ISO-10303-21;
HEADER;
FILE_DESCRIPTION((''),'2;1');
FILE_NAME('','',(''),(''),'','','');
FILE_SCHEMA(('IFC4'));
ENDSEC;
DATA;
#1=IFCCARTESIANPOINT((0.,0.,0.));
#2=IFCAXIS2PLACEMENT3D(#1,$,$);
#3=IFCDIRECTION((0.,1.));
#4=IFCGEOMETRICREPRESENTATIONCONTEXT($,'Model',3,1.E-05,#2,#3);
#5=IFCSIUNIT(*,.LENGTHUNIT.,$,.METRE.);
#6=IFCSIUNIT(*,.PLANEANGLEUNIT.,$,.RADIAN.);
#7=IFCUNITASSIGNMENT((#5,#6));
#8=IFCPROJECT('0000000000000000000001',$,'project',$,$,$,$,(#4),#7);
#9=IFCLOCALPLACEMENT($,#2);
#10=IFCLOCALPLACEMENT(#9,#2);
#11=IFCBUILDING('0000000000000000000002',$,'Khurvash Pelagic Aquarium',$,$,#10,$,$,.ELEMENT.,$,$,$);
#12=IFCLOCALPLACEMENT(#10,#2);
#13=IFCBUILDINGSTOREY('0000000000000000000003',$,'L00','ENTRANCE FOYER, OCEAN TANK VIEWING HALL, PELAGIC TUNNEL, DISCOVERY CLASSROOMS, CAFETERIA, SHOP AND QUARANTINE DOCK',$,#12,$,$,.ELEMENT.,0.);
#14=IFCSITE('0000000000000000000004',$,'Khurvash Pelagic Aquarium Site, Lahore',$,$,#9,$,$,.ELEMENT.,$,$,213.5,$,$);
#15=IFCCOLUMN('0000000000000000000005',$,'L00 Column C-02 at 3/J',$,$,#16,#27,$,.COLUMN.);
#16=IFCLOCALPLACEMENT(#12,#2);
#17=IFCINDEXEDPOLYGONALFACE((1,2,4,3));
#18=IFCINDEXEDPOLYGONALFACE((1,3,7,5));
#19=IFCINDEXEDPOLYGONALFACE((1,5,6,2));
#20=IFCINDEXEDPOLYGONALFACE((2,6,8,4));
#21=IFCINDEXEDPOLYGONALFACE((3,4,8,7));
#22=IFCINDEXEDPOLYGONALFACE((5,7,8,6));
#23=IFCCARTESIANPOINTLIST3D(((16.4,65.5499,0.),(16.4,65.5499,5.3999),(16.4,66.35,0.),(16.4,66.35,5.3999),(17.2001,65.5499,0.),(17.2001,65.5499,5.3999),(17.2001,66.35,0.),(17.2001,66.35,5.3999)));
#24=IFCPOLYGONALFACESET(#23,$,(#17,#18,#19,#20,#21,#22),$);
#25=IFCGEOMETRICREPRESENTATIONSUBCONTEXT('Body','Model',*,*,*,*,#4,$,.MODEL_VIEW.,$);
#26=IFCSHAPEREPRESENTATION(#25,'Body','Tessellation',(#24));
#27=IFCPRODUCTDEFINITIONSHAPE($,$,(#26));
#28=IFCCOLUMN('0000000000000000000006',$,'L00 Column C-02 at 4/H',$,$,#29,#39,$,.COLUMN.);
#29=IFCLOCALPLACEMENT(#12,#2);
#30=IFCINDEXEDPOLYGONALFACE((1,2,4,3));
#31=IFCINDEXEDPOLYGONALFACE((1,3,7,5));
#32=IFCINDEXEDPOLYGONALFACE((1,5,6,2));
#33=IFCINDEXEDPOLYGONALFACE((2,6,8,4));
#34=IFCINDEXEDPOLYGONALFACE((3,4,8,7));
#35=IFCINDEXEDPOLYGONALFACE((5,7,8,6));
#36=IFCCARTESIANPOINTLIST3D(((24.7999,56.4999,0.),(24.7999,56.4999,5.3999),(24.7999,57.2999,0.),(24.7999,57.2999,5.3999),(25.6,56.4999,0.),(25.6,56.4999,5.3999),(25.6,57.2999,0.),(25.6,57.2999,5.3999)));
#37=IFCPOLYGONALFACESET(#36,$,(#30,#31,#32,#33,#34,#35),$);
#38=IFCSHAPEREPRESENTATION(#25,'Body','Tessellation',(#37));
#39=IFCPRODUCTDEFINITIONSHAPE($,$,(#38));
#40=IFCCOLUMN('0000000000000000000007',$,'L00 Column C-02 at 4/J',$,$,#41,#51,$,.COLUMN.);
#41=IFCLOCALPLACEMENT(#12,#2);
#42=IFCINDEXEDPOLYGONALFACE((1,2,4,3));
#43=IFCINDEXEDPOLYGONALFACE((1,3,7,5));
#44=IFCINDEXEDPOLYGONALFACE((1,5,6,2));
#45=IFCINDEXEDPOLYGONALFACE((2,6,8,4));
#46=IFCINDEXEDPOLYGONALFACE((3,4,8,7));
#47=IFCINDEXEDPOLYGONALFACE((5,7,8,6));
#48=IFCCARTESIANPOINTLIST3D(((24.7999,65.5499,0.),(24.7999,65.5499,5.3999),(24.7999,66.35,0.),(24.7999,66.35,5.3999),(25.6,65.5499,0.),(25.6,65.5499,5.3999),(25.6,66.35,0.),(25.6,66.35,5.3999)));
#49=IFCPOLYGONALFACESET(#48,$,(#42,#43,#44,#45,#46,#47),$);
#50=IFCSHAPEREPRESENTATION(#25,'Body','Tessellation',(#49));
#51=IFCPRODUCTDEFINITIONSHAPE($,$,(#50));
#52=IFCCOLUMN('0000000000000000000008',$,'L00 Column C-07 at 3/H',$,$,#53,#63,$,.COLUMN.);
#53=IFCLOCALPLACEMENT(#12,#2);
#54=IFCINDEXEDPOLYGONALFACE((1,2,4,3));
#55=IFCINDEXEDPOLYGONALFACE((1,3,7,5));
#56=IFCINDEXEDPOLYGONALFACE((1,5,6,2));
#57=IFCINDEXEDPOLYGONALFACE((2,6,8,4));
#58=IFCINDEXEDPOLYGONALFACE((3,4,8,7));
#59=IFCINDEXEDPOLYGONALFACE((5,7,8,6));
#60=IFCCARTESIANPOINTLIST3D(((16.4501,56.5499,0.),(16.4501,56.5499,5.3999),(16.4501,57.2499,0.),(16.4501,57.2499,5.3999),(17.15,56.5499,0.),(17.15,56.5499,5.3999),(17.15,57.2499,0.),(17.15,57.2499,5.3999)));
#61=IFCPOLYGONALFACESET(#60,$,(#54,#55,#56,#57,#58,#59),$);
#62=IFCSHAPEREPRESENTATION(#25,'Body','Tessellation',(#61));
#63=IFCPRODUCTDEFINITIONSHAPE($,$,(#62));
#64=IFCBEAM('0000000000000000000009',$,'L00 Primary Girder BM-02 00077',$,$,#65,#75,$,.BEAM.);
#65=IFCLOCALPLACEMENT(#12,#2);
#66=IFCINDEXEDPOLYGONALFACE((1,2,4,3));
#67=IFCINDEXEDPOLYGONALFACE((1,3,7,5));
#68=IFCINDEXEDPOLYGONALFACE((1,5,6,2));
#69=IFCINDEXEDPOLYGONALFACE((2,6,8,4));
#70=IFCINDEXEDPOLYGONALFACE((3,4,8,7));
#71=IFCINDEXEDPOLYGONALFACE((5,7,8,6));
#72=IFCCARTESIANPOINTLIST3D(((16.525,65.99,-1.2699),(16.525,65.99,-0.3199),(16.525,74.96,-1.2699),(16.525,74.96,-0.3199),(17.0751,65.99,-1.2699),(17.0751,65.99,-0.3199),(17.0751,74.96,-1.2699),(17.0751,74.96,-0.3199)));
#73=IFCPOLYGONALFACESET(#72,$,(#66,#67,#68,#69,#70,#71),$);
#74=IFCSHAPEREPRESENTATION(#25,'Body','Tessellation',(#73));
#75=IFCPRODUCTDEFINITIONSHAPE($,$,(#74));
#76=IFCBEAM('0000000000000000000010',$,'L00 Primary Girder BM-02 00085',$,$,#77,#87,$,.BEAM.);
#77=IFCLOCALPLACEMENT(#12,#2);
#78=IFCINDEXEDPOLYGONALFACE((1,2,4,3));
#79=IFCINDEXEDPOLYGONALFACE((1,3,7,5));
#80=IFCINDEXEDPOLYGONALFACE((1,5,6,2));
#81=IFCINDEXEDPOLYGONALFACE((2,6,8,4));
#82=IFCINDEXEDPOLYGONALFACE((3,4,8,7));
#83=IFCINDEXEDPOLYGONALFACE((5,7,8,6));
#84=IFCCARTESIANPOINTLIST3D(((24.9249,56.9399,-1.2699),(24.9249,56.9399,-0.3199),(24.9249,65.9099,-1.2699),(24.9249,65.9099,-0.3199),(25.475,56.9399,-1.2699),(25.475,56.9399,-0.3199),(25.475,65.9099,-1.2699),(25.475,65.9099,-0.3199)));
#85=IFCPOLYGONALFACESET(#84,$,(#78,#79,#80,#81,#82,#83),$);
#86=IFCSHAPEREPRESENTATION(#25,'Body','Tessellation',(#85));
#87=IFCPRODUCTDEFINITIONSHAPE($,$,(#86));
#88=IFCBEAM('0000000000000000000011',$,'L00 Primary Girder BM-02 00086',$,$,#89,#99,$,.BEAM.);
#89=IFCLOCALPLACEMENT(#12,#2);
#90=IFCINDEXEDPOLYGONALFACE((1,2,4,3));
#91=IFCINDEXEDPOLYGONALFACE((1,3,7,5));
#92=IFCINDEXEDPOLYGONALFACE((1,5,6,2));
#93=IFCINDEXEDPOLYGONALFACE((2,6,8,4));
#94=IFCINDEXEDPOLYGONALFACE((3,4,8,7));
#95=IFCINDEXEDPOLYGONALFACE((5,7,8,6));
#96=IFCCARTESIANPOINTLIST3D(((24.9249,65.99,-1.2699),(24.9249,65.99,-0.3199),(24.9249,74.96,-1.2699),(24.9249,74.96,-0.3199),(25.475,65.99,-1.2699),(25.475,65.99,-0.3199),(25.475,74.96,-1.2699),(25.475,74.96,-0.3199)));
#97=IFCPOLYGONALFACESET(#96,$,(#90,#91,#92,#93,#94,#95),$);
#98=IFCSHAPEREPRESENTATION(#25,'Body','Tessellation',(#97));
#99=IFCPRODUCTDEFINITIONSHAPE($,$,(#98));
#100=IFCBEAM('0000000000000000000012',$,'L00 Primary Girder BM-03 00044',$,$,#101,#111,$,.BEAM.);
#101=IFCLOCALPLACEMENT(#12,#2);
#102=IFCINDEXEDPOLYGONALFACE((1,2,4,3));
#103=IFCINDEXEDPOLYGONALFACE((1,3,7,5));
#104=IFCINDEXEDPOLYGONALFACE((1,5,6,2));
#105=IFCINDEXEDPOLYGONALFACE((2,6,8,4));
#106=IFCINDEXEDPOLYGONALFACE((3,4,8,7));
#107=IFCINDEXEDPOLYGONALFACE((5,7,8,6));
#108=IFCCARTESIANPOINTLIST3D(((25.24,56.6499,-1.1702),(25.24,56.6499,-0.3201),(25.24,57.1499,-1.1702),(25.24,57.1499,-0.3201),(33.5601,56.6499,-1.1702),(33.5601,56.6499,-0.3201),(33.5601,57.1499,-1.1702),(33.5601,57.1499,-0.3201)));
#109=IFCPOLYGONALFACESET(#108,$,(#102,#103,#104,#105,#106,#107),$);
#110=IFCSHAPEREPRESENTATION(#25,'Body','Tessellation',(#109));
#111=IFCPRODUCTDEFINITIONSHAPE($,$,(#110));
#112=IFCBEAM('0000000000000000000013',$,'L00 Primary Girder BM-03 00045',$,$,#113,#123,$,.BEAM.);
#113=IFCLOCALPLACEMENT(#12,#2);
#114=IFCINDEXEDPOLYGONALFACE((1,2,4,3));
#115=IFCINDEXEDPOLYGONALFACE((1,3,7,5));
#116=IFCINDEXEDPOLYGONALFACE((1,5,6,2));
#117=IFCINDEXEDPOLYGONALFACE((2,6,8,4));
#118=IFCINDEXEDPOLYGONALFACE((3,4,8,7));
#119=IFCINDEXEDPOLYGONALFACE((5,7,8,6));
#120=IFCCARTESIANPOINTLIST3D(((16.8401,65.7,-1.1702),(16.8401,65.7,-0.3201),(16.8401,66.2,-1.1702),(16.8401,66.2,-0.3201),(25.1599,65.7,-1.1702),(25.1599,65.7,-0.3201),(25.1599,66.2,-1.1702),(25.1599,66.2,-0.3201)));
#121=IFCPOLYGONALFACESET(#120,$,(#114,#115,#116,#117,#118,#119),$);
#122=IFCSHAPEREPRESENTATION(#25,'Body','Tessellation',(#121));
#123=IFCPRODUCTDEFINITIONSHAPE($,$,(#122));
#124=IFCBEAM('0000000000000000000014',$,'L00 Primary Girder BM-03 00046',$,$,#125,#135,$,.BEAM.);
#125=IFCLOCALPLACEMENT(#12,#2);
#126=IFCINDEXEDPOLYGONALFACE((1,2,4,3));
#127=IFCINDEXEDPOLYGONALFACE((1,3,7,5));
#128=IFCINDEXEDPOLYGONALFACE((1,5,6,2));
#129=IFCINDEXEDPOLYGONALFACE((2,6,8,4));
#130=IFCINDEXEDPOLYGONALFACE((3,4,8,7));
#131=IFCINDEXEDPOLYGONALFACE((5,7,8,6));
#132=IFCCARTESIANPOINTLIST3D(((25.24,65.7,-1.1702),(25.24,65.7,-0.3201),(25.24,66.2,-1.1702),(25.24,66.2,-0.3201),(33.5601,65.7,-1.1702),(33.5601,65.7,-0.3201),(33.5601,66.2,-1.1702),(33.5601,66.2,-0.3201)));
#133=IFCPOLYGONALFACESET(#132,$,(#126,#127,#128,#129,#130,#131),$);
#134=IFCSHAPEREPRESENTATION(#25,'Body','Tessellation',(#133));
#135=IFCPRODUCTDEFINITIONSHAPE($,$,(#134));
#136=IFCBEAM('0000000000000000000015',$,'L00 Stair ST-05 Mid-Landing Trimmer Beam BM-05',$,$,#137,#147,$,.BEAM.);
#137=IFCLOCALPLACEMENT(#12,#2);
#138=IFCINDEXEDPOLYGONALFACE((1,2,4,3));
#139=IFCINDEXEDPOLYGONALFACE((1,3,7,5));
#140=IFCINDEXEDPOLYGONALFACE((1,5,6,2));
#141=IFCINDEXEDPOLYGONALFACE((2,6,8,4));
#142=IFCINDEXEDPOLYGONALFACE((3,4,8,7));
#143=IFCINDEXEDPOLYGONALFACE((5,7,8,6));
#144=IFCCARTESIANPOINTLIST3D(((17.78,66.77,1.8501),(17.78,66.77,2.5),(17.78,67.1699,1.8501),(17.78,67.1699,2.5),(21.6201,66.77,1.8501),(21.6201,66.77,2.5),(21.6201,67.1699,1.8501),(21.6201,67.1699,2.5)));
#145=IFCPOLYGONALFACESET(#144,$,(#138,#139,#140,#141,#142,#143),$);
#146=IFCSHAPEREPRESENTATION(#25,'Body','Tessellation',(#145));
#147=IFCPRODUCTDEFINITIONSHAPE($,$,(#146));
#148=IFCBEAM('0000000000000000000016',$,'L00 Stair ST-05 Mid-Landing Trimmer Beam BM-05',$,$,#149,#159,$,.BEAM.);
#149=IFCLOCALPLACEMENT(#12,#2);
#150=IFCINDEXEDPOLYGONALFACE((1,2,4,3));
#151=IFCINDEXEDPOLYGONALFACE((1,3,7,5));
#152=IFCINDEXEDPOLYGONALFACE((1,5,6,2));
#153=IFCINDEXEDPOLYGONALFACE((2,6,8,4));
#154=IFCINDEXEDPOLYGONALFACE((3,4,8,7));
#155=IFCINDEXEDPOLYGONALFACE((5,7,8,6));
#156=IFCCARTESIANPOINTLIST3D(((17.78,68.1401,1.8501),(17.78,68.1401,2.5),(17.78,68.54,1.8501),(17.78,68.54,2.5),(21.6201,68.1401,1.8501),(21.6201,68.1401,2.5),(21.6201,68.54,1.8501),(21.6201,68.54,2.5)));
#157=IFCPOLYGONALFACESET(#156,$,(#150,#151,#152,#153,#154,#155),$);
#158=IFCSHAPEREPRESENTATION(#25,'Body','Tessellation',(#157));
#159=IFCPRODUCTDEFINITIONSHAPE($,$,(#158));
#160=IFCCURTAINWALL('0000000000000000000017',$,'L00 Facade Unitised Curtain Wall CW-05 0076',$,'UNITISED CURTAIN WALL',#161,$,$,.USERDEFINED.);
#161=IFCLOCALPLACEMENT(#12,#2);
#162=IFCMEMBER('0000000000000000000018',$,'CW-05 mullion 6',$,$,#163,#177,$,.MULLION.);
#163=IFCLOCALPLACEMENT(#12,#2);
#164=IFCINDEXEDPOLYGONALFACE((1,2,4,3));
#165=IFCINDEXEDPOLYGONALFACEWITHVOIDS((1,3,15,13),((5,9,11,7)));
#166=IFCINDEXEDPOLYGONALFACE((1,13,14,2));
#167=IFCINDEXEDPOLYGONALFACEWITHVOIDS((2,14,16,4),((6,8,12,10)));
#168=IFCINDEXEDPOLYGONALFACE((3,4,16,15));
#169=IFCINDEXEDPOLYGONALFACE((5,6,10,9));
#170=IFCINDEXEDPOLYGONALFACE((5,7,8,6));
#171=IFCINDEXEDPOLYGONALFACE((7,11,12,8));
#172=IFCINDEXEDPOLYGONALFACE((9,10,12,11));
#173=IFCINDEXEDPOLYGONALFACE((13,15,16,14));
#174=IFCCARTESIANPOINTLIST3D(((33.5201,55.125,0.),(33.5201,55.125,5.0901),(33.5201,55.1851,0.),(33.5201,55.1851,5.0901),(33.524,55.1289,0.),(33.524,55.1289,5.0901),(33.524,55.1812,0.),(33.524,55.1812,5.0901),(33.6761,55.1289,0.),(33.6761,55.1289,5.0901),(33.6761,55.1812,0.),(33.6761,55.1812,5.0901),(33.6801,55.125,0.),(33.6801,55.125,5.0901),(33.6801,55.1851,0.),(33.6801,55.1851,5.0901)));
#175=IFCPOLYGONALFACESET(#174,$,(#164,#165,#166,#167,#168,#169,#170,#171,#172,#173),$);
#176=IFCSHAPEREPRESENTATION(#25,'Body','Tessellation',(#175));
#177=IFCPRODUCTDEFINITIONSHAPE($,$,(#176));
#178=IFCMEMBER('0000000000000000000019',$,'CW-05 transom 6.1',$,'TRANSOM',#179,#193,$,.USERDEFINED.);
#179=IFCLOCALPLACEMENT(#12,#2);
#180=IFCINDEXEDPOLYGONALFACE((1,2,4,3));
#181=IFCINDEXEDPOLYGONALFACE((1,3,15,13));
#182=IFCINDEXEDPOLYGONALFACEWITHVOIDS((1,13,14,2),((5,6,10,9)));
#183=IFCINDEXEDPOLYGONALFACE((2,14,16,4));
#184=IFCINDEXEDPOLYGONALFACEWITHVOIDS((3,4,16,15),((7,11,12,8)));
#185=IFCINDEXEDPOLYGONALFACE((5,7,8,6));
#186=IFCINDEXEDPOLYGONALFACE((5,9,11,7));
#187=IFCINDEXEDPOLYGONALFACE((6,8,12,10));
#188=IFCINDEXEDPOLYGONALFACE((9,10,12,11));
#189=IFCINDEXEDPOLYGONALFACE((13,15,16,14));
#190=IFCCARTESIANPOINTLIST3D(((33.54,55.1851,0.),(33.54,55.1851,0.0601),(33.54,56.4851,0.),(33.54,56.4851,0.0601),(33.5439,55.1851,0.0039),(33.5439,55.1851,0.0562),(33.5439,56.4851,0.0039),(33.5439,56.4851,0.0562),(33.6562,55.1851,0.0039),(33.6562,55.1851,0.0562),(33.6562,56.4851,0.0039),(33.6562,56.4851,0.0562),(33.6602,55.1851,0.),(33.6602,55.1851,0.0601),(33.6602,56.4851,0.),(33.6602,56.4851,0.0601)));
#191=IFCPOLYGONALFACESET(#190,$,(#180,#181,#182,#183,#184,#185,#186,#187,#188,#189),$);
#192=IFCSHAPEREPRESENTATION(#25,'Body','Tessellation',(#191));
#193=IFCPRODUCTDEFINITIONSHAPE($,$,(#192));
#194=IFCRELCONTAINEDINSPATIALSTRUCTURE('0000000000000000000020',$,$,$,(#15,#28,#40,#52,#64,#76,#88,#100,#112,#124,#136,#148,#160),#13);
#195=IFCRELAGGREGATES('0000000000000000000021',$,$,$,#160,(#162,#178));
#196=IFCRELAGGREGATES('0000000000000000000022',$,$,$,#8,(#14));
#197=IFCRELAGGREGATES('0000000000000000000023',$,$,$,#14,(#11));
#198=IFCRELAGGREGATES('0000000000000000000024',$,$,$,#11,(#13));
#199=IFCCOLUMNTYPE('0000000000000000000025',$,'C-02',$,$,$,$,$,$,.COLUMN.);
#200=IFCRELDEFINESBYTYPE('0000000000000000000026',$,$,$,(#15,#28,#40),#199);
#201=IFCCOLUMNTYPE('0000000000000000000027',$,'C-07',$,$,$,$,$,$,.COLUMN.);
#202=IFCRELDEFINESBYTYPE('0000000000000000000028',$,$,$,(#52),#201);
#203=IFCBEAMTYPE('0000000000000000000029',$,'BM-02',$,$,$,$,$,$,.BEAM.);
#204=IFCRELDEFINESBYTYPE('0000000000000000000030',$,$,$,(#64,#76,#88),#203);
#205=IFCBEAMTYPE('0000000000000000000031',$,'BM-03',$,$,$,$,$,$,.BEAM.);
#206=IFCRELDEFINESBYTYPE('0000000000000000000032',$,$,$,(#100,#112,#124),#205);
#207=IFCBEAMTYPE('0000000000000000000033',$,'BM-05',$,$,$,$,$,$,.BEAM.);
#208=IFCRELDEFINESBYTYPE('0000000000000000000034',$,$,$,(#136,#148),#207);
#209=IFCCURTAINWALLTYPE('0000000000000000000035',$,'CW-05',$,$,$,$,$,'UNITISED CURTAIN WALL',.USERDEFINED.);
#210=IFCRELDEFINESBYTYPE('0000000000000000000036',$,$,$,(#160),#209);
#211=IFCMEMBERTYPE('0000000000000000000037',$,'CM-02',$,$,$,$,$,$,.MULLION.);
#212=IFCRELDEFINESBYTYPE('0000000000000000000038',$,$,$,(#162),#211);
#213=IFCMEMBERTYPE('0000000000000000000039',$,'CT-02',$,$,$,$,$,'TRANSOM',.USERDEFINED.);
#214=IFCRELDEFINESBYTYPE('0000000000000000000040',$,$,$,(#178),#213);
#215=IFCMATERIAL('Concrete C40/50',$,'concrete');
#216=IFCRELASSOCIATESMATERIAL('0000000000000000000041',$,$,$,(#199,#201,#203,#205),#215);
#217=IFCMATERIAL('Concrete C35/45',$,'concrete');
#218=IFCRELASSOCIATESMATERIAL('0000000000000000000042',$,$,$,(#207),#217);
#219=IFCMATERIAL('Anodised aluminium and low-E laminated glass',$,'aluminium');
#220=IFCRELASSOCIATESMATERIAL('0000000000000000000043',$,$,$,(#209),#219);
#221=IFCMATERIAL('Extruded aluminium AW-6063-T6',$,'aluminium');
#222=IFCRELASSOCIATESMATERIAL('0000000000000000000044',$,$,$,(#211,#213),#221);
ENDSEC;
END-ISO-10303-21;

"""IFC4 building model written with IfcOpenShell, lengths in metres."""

from ifc_helpers import new_model, si_unit, direction, frame, origin, origin_2d, place, context, subcontext, project, spatial, rectangle, hollow_rectangle, extrude, material, material_profile, profile_set, type_object, element, aggregate, save


model = new_model("IFC4")

# Units and contexts
model_context = context("Model", 3, precision=1e-05, world=origin(), true_north=direction((0.0, 1.0)))
body_context = subcontext(model_context, "Body", "Model", "MODEL_VIEW")
ifc_project = project(units=[si_unit("LENGTHUNIT", "METRE"), si_unit("PLANEANGLEUNIT", "RADIAN")], contexts=[model_context])

# Site, building, storey
site_placement = place(None, origin())
site = spatial("IfcSite", under=ifc_project, at=site_placement, Name="Khurvash Pelagic Aquarium Site, Lahore", CompositionType="ELEMENT", RefElevation=213.5)
building_placement = place(site_placement, origin())
building = spatial("IfcBuilding", under=site, at=building_placement, Name="Khurvash Pelagic Aquarium", CompositionType="ELEMENT")
storey_placement = place(building_placement, origin())
storey = spatial("IfcBuildingStorey", under=building, at=storey_placement, Name="L00", Description="ENTRANCE FOYER, OCEAN TANK VIEWING HALL, PELAGIC TUNNEL, DISCOVERY CLASSROOMS, CAFETERIA, SHOP AND QUARANTINE DOCK", CompositionType="ELEMENT", Elevation=0.0)

# Columns
ifc_material_1 = material(Name="Concrete C40/50", Category="concrete")
ifc_material_profile_1 = material_profile(ifc_material_1, rectangle(XDim=0.8, YDim=0.8, at=origin_2d()), Name="RC800X800")
ifc_profile_set_1 = profile_set([ifc_material_profile_1], Name="Concrete C40/50")
column_type_1 = type_object("IfcColumnType", Name="C-02", PredefinedType="COLUMN", material=ifc_profile_set_1)
for number, where, z_axis, x_axis, name in (
    (1, (16.8, 65.95, 0.0), (0.0, 0.0, 1.0), (1.0, 0.0, 0.0), "L00 Column C-02 at 3/J"),
    (2, (25.2, 56.8999, 0.0), (0.0, 0.0, 1.0), (1.0, 0.0, 0.0), "L00 Column C-02 at 4/H"),
    (3, (25.2, 65.95, 0.0), (0.0, 0.0, 1.0), (1.0, 0.0, 0.0), "L00 Column C-02 at 4/J"),
):
    element("IfcColumn", number, at=place(storey_placement, frame(where, z_axis=z_axis, x_axis=x_axis)), inside=storey, type_object=column_type_1, Name=name, PredefinedType="COLUMN", context=body_context, shape_type="SweptSolid", body=[
        extrude(rectangle(XDim=0.8, YDim=0.8, at=origin_2d()), origin(), (0.0, 0.0, 1.0), 5.3999),
    ])
ifc_material_profile_2 = material_profile(ifc_material_1, rectangle(XDim=0.7, YDim=0.7, at=origin_2d()), Name="RC700X700")
ifc_profile_set_2 = profile_set([ifc_material_profile_2], Name="Concrete C40/50")
column_type_2 = type_object("IfcColumnType", Name="C-07", PredefinedType="COLUMN", material=ifc_profile_set_2)
column_placement = place(storey_placement, frame((16.8, 56.8999, 0.0), z_axis=(0.0, 0.0, 1.0), x_axis=(1.0, 0.0, 0.0)))
element("IfcColumn", 4, at=column_placement, inside=storey, type_object=column_type_2, Name="L00 Column C-07 at 3/H", PredefinedType="COLUMN", context=body_context, shape_type="SweptSolid", body=[
    extrude(rectangle(XDim=0.7, YDim=0.7, at=origin_2d()), origin(), (0.0, 0.0, 1.0), 5.3999),
])

# Beams
ifc_material_profile_3 = material_profile(ifc_material_1, rectangle(XDim=0.55, YDim=0.95, at=origin_2d()), Name="RC550X950")
ifc_profile_set_3 = profile_set([ifc_material_profile_3], Name="Concrete C40/50")
beam_type_1 = type_object("IfcBeamType", Name="BM-02", PredefinedType="BEAM", material=ifc_profile_set_3)
for number, where, z_axis, x_axis, name in (
    (5, (16.8, 65.99, -0.7949), (0.0, 1.0, 0.0), (-1.0, 0.0, 0.0), "L00 Primary Girder BM-02 00077"),
    (6, (25.2, 56.9399, -0.7949), (0.0, 1.0, 0.0), (-1.0, 0.0, 0.0), "L00 Primary Girder BM-02 00085"),
    (7, (25.2, 65.99, -0.7949), (0.0, 1.0, 0.0), (-1.0, 0.0, 0.0), "L00 Primary Girder BM-02 00086"),
):
    element("IfcBeam", number, at=place(storey_placement, frame(where, z_axis=z_axis, x_axis=x_axis)), inside=storey, type_object=beam_type_1, Name=name, PredefinedType="BEAM", context=body_context, shape_type="SweptSolid", body=[
        extrude(rectangle(XDim=0.55, YDim=0.95, at=origin_2d()), origin(), (0.0, 0.0, 1.0), 8.97),
    ])
ifc_material_profile_4 = material_profile(ifc_material_1, rectangle(XDim=0.5, YDim=0.8501, at=origin_2d()), Name="RC500X850")
ifc_profile_set_4 = profile_set([ifc_material_profile_4], Name="Concrete C40/50")
beam_type_2 = type_object("IfcBeamType", Name="BM-03", PredefinedType="BEAM", material=ifc_profile_set_4)
beam_1_placement = place(storey_placement, frame((25.24, 56.8999, -0.7451), z_axis=(1.0, 0.0, 0.0), x_axis=(0.0, 1.0, 0.0)))
element("IfcBeam", 8, at=beam_1_placement, inside=storey, type_object=beam_type_2, Name="L00 Primary Girder BM-03 00044", PredefinedType="BEAM", context=body_context, shape_type="SweptSolid", body=[
    extrude(rectangle(XDim=0.5, YDim=0.8501, at=origin_2d()), origin(), (0.0, 0.0, 1.0), 8.3201),
])
beam_2_placement = place(storey_placement, frame((16.8401, 65.95, -0.7451), z_axis=(1.0, 0.0, 0.0), x_axis=(0.0, 1.0, 0.0)))
element("IfcBeam", 9, at=beam_2_placement, inside=storey, type_object=beam_type_2, Name="L00 Primary Girder BM-03 00045", PredefinedType="BEAM", context=body_context, shape_type="SweptSolid", body=[
    extrude(rectangle(XDim=0.5, YDim=0.8501, at=origin_2d()), origin(), (0.0, 0.0, 1.0), 8.3198),
])
beam_3_placement = place(storey_placement, frame((25.24, 65.95, -0.7451), z_axis=(1.0, 0.0, 0.0), x_axis=(0.0, 1.0, 0.0)))
element("IfcBeam", 10, at=beam_3_placement, inside=storey, type_object=beam_type_2, Name="L00 Primary Girder BM-03 00046", PredefinedType="BEAM", context=body_context, shape_type="SweptSolid", body=[
    extrude(rectangle(XDim=0.5, YDim=0.8501, at=origin_2d()), origin(), (0.0, 0.0, 1.0), 8.3201),
])
ifc_material_2 = material(Name="Concrete C35/45", Category="concrete")
ifc_material_profile_5 = material_profile(ifc_material_2, rectangle(XDim=0.3999, YDim=0.6499, at=origin_2d()), Name="RC400X650")
ifc_profile_set_5 = profile_set([ifc_material_profile_5], Name="Concrete C35/45")
beam_type_3 = type_object("IfcBeamType", Name="BM-05", PredefinedType="BEAM", material=ifc_profile_set_5)
for number, where, z_axis, x_axis, name in (
    (11, (17.78, 66.97, 2.175), (1.0, 0.0, 0.0), (0.0, 1.0, 0.0), "L00 Stair ST-05 Mid-Landing Trimmer Beam BM-05"),
    (12, (17.78, 68.3401, 2.175), (1.0, 0.0, 0.0), (0.0, 1.0, 0.0), "L00 Stair ST-05 Mid-Landing Trimmer Beam BM-05"),
):
    element("IfcBeam", number, at=place(storey_placement, frame(where, z_axis=z_axis, x_axis=x_axis)), inside=storey, type_object=beam_type_3, Name=name, PredefinedType="BEAM", context=body_context, shape_type="SweptSolid", body=[
        extrude(rectangle(XDim=0.3999, YDim=0.6499, at=origin_2d()), origin(), (0.0, 0.0, 1.0), 3.8401),
    ])

# Curtain wall, members
ifc_material_3 = material(Name="Anodised aluminium and low-E laminated glass", Category="aluminium")
curtain_wall_type = type_object("IfcCurtainWallType", Name="CW-05", ElementType="UNITISED CURTAIN WALL", PredefinedType="USERDEFINED", material=ifc_material_3)
curtain_wall_placement = place(storey_placement, origin())
curtain_wall = element("IfcCurtainWall", 13, at=curtain_wall_placement, inside=storey, type_object=curtain_wall_type, Name="L00 Facade Unitised Curtain Wall CW-05 0076", ObjectType="UNITISED CURTAIN WALL", PredefinedType="USERDEFINED")
ifc_material_4 = material(Name="Extruded aluminium AW-6063-T6", Category="aluminium")
ifc_material_profile_6 = material_profile(ifc_material_4, hollow_rectangle(XDim=0.0601, YDim=0.1599, WallThickness=0.0039, at=origin_2d()), Name="CWM60X160X4")
ifc_profile_set_6 = profile_set([ifc_material_profile_6], Name="Extruded aluminium AW-6063-T6")
member_type_1 = type_object("IfcMemberType", Name="CM-02", PredefinedType="MULLION", material=ifc_profile_set_6)
member_1_placement = place(storey_placement, frame((33.6001, 55.155, 0.0), z_axis=(0.0, 0.0, 1.0), x_axis=(0.0, 1.0, 0.0)))
member_1 = element("IfcMember", 14, at=member_1_placement, type_object=member_type_1, Name="CW-05 mullion 6", PredefinedType="MULLION", context=body_context, shape_type="SweptSolid", body=[
    extrude(hollow_rectangle(XDim=0.0601, YDim=0.1599, WallThickness=0.0039, at=origin_2d()), origin(), (0.0, 0.0, 1.0), 5.0901),
])
ifc_material_profile_7 = material_profile(ifc_material_4, hollow_rectangle(XDim=0.1201, YDim=0.0601, WallThickness=0.0039, at=origin_2d()), Name="CWT120X60X4")
ifc_profile_set_7 = profile_set([ifc_material_profile_7], Name="Extruded aluminium AW-6063-T6")
member_type_2 = type_object("IfcMemberType", Name="CT-02", ElementType="TRANSOM", PredefinedType="USERDEFINED", material=ifc_profile_set_7)
member_2_placement = place(storey_placement, frame((33.6001, 55.1851, 0.03), z_axis=(0.0, 1.0, 0.0), x_axis=(-1.0, 0.0, 0.0)))
member_2 = element("IfcMember", 15, at=member_2_placement, type_object=member_type_2, Name="CW-05 transom 6.1", ObjectType="TRANSOM", PredefinedType="USERDEFINED", context=body_context, shape_type="SweptSolid", body=[
    extrude(hollow_rectangle(XDim=0.1201, YDim=0.0601, WallThickness=0.0039, at=origin_2d()), origin(), (0.0, 0.0, 1.0), 1.3),
])

aggregate(curtain_wall, [member_1, member_2])

save(model, "model.ifc")
